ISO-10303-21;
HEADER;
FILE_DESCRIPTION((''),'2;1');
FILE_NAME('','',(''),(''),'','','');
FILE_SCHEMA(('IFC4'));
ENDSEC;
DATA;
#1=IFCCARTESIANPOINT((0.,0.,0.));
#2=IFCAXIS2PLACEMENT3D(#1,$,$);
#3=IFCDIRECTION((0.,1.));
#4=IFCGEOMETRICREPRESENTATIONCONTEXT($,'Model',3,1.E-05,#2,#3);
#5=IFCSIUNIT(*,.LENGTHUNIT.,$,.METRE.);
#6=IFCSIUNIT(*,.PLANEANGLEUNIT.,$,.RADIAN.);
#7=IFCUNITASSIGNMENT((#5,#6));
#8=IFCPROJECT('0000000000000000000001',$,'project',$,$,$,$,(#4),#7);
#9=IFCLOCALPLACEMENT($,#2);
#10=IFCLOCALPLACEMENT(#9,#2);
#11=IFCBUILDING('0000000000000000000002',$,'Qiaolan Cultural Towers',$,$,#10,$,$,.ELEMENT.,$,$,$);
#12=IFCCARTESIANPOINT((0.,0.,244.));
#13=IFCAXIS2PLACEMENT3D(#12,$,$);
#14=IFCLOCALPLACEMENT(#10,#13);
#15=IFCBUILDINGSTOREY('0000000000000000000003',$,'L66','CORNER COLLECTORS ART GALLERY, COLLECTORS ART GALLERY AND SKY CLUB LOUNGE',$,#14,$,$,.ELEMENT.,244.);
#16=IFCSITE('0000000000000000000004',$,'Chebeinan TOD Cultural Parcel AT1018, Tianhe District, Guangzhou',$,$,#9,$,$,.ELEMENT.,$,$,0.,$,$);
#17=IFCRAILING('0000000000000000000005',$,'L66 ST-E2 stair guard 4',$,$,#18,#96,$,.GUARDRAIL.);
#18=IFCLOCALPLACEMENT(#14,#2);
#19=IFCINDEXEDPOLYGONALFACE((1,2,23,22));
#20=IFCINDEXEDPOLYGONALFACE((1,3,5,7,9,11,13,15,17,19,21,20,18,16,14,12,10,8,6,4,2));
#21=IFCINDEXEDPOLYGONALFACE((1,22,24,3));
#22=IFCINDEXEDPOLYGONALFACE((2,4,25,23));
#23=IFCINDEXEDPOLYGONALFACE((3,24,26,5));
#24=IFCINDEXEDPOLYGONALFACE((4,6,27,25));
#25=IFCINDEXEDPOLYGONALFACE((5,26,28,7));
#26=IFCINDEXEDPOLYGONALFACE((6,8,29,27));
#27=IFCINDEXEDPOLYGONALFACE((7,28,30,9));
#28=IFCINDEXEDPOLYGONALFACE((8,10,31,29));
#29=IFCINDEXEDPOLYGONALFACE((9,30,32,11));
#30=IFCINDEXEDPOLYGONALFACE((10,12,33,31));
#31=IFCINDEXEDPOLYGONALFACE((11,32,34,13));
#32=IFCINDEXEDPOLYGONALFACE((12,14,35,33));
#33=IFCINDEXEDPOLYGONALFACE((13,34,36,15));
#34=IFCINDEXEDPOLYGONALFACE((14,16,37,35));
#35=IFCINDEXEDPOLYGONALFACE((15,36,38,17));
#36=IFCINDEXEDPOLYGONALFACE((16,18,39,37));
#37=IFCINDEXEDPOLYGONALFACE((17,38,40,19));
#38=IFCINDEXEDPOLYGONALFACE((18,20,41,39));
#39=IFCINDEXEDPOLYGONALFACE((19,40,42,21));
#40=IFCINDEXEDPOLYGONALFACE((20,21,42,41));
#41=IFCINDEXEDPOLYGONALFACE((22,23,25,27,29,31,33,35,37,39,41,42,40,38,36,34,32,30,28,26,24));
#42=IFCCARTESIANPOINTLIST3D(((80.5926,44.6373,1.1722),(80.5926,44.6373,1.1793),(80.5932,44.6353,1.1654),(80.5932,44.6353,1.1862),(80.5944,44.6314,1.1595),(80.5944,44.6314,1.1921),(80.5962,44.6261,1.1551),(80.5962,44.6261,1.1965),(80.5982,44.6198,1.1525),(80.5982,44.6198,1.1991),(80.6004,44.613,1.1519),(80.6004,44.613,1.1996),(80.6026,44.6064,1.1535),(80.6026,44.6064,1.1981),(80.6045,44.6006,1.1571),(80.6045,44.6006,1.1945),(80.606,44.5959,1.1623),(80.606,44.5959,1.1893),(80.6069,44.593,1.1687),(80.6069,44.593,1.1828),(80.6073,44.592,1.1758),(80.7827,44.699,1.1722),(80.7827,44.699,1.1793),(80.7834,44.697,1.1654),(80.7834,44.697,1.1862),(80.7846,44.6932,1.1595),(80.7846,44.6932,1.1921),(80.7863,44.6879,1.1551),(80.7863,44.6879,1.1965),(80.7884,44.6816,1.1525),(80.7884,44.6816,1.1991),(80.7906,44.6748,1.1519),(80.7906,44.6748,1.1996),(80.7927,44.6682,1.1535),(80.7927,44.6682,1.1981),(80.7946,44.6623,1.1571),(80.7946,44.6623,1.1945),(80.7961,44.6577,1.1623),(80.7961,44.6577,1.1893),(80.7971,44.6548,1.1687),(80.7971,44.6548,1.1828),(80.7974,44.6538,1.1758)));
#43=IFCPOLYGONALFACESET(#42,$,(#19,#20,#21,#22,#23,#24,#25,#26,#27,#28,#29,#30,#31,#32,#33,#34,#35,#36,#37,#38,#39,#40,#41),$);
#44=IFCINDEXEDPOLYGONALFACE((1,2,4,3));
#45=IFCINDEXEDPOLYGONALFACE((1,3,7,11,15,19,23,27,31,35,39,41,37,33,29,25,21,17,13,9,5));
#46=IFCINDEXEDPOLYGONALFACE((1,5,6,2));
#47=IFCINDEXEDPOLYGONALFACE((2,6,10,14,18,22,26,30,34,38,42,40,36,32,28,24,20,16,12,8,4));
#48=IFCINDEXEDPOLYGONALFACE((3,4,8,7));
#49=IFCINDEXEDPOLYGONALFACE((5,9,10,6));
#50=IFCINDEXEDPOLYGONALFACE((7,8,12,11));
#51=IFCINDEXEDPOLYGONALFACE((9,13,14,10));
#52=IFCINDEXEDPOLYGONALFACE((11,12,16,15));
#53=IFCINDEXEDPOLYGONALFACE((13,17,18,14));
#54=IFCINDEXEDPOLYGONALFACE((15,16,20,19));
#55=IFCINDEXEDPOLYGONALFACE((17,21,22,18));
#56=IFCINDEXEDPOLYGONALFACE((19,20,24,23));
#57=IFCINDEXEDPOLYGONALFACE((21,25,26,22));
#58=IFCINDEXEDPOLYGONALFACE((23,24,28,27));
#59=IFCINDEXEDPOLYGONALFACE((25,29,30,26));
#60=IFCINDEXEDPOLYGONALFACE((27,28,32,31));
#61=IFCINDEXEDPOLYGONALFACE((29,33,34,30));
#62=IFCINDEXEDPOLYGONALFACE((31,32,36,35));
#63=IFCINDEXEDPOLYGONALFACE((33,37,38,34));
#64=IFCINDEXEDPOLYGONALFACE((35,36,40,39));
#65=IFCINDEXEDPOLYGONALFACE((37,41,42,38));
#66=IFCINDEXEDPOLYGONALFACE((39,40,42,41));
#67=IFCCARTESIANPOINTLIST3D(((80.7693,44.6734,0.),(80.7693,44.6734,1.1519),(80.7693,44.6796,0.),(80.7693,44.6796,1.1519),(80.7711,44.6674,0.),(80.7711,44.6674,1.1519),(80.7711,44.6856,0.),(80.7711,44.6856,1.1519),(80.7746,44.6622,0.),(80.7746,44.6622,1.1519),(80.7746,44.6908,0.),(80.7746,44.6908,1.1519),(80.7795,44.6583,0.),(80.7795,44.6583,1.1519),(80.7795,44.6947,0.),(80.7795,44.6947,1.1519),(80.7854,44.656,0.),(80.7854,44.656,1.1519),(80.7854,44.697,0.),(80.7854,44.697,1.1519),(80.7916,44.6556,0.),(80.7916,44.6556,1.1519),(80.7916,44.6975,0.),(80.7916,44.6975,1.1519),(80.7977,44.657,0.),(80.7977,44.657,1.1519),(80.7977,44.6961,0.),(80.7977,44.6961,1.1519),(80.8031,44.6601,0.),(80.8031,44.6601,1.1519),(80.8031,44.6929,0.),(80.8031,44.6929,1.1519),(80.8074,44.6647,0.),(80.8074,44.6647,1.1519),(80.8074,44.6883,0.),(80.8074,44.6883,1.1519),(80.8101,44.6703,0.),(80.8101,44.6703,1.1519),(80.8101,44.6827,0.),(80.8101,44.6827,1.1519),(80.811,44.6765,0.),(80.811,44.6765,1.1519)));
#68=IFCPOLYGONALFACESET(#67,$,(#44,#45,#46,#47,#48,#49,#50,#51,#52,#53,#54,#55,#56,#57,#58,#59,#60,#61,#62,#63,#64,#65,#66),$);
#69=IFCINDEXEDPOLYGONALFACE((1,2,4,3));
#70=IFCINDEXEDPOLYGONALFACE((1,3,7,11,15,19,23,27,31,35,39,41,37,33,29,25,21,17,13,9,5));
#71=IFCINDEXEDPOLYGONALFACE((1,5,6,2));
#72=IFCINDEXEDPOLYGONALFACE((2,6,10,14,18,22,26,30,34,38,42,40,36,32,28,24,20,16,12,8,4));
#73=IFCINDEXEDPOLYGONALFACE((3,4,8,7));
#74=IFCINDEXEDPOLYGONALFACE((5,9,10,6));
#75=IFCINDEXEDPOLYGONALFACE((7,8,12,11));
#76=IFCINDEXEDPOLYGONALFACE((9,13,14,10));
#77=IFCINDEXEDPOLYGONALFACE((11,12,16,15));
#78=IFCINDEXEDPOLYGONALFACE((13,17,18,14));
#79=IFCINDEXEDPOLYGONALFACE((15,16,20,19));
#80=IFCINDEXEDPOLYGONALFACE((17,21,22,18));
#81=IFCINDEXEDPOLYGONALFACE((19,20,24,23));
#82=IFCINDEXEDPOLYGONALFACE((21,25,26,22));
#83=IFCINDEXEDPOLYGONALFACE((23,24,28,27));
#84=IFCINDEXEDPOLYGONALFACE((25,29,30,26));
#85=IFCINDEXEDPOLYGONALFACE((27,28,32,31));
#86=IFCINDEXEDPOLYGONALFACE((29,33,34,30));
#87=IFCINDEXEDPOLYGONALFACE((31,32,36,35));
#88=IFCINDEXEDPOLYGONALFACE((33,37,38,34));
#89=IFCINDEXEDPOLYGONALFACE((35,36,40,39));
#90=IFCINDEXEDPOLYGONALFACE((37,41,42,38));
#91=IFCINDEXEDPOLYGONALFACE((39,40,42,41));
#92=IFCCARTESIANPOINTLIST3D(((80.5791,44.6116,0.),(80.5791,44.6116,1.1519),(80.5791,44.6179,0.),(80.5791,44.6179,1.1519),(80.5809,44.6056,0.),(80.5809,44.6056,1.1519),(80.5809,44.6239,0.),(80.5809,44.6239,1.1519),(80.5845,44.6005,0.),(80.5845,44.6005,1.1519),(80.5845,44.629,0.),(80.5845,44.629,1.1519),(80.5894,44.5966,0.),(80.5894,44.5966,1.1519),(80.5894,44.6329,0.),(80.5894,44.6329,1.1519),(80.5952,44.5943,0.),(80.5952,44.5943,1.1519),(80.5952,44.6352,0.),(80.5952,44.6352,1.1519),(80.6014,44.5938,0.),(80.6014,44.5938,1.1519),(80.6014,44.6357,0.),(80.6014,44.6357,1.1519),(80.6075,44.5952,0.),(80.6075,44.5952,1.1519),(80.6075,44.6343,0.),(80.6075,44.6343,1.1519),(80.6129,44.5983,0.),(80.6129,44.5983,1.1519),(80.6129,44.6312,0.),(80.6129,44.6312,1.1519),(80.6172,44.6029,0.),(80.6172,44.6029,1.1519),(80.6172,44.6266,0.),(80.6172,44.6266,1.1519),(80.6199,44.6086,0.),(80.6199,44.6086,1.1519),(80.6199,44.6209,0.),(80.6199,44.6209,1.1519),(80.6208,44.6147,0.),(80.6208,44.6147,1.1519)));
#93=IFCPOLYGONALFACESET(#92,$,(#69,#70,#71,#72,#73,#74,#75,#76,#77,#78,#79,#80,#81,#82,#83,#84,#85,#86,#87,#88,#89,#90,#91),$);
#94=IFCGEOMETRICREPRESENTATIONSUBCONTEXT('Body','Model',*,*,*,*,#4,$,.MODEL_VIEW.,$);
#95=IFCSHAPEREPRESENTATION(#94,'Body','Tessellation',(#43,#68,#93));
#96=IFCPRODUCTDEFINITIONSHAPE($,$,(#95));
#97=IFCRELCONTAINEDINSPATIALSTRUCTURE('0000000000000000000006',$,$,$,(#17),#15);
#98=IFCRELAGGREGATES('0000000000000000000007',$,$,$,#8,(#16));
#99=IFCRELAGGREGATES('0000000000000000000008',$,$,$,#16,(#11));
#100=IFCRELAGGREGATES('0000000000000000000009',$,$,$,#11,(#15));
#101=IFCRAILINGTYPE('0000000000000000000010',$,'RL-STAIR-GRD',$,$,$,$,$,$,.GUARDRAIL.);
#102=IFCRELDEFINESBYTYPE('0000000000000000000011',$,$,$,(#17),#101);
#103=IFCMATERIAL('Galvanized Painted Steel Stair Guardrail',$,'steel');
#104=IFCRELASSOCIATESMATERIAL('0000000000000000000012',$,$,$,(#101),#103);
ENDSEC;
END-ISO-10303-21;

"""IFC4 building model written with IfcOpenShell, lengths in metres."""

from ifc_helpers import new_model, si_unit, direction, frame, origin, origin_2d, place, context, subcontext, project, spatial, circle, extrude, material, type_object, element, save


model = new_model("IFC4")

# Units and contexts
model_context = context("Model", 3, precision=1e-05, world=origin(), true_north=direction((0.0, 1.0)))
body_context = subcontext(model_context, "Body", "Model", "MODEL_VIEW")
ifc_project = project(units=[si_unit("LENGTHUNIT", "METRE"), si_unit("PLANEANGLEUNIT", "RADIAN")], contexts=[model_context])

# Site, building, storey
site_placement = place(None, origin())
site = spatial("IfcSite", under=ifc_project, at=site_placement, Name="Chebeinan TOD Cultural Parcel AT1018, Tianhe District, Guangzhou", CompositionType="ELEMENT", RefElevation=0.0)
building_placement = place(site_placement, origin())
building = spatial("IfcBuilding", under=site, at=building_placement, Name="Qiaolan Cultural Towers", CompositionType="ELEMENT")
storey_placement = place(building_placement, frame((0.0, 0.0, 244.0)))
storey = spatial("IfcBuildingStorey", under=building, at=storey_placement, Name="L66", Description="CORNER COLLECTORS ART GALLERY, COLLECTORS ART GALLERY AND SKY CLUB LOUNGE", CompositionType="ELEMENT", Elevation=244.0)

# Railing
ifc_material_1 = material(Name="Galvanized Painted Steel Stair Guardrail", Category="steel")
railing_type_1 = type_object("IfcRailingType", Name="RL-STAIR-GRD", PredefinedType="GUARDRAIL", material=ifc_material_1)
railing_1_placement = place(storey_placement, frame((80.79, 44.6765, 0.0)))
element("IfcRailing", 1, at=railing_1_placement, inside=storey, type_object=railing_type_1, Name="L66 ST-E2 stair guard 4", PredefinedType="GUARDRAIL", context=body_context, shape_type="SweptSolid", body=[
    extrude(circle(Radius=0.0239, at=origin_2d()), frame((0.0, 0.0, 1.1758), z_axis=(-0.951097, -0.308893, 0.0), x_axis=(0.308893, -0.951097, 0.0)), (0.0, 0.0, 1.0), 0.2),
    extrude(circle(Radius=0.021, at=origin_2d()), origin(), (0.0, 0.0, 1.0), 1.1519),
    extrude(circle(Radius=0.021, at=origin_2d()), frame((-0.1902, -0.0618, 0.0)), (0.0, 0.0, 1.0), 1.1519),
])

save(model, "model.ifc")
